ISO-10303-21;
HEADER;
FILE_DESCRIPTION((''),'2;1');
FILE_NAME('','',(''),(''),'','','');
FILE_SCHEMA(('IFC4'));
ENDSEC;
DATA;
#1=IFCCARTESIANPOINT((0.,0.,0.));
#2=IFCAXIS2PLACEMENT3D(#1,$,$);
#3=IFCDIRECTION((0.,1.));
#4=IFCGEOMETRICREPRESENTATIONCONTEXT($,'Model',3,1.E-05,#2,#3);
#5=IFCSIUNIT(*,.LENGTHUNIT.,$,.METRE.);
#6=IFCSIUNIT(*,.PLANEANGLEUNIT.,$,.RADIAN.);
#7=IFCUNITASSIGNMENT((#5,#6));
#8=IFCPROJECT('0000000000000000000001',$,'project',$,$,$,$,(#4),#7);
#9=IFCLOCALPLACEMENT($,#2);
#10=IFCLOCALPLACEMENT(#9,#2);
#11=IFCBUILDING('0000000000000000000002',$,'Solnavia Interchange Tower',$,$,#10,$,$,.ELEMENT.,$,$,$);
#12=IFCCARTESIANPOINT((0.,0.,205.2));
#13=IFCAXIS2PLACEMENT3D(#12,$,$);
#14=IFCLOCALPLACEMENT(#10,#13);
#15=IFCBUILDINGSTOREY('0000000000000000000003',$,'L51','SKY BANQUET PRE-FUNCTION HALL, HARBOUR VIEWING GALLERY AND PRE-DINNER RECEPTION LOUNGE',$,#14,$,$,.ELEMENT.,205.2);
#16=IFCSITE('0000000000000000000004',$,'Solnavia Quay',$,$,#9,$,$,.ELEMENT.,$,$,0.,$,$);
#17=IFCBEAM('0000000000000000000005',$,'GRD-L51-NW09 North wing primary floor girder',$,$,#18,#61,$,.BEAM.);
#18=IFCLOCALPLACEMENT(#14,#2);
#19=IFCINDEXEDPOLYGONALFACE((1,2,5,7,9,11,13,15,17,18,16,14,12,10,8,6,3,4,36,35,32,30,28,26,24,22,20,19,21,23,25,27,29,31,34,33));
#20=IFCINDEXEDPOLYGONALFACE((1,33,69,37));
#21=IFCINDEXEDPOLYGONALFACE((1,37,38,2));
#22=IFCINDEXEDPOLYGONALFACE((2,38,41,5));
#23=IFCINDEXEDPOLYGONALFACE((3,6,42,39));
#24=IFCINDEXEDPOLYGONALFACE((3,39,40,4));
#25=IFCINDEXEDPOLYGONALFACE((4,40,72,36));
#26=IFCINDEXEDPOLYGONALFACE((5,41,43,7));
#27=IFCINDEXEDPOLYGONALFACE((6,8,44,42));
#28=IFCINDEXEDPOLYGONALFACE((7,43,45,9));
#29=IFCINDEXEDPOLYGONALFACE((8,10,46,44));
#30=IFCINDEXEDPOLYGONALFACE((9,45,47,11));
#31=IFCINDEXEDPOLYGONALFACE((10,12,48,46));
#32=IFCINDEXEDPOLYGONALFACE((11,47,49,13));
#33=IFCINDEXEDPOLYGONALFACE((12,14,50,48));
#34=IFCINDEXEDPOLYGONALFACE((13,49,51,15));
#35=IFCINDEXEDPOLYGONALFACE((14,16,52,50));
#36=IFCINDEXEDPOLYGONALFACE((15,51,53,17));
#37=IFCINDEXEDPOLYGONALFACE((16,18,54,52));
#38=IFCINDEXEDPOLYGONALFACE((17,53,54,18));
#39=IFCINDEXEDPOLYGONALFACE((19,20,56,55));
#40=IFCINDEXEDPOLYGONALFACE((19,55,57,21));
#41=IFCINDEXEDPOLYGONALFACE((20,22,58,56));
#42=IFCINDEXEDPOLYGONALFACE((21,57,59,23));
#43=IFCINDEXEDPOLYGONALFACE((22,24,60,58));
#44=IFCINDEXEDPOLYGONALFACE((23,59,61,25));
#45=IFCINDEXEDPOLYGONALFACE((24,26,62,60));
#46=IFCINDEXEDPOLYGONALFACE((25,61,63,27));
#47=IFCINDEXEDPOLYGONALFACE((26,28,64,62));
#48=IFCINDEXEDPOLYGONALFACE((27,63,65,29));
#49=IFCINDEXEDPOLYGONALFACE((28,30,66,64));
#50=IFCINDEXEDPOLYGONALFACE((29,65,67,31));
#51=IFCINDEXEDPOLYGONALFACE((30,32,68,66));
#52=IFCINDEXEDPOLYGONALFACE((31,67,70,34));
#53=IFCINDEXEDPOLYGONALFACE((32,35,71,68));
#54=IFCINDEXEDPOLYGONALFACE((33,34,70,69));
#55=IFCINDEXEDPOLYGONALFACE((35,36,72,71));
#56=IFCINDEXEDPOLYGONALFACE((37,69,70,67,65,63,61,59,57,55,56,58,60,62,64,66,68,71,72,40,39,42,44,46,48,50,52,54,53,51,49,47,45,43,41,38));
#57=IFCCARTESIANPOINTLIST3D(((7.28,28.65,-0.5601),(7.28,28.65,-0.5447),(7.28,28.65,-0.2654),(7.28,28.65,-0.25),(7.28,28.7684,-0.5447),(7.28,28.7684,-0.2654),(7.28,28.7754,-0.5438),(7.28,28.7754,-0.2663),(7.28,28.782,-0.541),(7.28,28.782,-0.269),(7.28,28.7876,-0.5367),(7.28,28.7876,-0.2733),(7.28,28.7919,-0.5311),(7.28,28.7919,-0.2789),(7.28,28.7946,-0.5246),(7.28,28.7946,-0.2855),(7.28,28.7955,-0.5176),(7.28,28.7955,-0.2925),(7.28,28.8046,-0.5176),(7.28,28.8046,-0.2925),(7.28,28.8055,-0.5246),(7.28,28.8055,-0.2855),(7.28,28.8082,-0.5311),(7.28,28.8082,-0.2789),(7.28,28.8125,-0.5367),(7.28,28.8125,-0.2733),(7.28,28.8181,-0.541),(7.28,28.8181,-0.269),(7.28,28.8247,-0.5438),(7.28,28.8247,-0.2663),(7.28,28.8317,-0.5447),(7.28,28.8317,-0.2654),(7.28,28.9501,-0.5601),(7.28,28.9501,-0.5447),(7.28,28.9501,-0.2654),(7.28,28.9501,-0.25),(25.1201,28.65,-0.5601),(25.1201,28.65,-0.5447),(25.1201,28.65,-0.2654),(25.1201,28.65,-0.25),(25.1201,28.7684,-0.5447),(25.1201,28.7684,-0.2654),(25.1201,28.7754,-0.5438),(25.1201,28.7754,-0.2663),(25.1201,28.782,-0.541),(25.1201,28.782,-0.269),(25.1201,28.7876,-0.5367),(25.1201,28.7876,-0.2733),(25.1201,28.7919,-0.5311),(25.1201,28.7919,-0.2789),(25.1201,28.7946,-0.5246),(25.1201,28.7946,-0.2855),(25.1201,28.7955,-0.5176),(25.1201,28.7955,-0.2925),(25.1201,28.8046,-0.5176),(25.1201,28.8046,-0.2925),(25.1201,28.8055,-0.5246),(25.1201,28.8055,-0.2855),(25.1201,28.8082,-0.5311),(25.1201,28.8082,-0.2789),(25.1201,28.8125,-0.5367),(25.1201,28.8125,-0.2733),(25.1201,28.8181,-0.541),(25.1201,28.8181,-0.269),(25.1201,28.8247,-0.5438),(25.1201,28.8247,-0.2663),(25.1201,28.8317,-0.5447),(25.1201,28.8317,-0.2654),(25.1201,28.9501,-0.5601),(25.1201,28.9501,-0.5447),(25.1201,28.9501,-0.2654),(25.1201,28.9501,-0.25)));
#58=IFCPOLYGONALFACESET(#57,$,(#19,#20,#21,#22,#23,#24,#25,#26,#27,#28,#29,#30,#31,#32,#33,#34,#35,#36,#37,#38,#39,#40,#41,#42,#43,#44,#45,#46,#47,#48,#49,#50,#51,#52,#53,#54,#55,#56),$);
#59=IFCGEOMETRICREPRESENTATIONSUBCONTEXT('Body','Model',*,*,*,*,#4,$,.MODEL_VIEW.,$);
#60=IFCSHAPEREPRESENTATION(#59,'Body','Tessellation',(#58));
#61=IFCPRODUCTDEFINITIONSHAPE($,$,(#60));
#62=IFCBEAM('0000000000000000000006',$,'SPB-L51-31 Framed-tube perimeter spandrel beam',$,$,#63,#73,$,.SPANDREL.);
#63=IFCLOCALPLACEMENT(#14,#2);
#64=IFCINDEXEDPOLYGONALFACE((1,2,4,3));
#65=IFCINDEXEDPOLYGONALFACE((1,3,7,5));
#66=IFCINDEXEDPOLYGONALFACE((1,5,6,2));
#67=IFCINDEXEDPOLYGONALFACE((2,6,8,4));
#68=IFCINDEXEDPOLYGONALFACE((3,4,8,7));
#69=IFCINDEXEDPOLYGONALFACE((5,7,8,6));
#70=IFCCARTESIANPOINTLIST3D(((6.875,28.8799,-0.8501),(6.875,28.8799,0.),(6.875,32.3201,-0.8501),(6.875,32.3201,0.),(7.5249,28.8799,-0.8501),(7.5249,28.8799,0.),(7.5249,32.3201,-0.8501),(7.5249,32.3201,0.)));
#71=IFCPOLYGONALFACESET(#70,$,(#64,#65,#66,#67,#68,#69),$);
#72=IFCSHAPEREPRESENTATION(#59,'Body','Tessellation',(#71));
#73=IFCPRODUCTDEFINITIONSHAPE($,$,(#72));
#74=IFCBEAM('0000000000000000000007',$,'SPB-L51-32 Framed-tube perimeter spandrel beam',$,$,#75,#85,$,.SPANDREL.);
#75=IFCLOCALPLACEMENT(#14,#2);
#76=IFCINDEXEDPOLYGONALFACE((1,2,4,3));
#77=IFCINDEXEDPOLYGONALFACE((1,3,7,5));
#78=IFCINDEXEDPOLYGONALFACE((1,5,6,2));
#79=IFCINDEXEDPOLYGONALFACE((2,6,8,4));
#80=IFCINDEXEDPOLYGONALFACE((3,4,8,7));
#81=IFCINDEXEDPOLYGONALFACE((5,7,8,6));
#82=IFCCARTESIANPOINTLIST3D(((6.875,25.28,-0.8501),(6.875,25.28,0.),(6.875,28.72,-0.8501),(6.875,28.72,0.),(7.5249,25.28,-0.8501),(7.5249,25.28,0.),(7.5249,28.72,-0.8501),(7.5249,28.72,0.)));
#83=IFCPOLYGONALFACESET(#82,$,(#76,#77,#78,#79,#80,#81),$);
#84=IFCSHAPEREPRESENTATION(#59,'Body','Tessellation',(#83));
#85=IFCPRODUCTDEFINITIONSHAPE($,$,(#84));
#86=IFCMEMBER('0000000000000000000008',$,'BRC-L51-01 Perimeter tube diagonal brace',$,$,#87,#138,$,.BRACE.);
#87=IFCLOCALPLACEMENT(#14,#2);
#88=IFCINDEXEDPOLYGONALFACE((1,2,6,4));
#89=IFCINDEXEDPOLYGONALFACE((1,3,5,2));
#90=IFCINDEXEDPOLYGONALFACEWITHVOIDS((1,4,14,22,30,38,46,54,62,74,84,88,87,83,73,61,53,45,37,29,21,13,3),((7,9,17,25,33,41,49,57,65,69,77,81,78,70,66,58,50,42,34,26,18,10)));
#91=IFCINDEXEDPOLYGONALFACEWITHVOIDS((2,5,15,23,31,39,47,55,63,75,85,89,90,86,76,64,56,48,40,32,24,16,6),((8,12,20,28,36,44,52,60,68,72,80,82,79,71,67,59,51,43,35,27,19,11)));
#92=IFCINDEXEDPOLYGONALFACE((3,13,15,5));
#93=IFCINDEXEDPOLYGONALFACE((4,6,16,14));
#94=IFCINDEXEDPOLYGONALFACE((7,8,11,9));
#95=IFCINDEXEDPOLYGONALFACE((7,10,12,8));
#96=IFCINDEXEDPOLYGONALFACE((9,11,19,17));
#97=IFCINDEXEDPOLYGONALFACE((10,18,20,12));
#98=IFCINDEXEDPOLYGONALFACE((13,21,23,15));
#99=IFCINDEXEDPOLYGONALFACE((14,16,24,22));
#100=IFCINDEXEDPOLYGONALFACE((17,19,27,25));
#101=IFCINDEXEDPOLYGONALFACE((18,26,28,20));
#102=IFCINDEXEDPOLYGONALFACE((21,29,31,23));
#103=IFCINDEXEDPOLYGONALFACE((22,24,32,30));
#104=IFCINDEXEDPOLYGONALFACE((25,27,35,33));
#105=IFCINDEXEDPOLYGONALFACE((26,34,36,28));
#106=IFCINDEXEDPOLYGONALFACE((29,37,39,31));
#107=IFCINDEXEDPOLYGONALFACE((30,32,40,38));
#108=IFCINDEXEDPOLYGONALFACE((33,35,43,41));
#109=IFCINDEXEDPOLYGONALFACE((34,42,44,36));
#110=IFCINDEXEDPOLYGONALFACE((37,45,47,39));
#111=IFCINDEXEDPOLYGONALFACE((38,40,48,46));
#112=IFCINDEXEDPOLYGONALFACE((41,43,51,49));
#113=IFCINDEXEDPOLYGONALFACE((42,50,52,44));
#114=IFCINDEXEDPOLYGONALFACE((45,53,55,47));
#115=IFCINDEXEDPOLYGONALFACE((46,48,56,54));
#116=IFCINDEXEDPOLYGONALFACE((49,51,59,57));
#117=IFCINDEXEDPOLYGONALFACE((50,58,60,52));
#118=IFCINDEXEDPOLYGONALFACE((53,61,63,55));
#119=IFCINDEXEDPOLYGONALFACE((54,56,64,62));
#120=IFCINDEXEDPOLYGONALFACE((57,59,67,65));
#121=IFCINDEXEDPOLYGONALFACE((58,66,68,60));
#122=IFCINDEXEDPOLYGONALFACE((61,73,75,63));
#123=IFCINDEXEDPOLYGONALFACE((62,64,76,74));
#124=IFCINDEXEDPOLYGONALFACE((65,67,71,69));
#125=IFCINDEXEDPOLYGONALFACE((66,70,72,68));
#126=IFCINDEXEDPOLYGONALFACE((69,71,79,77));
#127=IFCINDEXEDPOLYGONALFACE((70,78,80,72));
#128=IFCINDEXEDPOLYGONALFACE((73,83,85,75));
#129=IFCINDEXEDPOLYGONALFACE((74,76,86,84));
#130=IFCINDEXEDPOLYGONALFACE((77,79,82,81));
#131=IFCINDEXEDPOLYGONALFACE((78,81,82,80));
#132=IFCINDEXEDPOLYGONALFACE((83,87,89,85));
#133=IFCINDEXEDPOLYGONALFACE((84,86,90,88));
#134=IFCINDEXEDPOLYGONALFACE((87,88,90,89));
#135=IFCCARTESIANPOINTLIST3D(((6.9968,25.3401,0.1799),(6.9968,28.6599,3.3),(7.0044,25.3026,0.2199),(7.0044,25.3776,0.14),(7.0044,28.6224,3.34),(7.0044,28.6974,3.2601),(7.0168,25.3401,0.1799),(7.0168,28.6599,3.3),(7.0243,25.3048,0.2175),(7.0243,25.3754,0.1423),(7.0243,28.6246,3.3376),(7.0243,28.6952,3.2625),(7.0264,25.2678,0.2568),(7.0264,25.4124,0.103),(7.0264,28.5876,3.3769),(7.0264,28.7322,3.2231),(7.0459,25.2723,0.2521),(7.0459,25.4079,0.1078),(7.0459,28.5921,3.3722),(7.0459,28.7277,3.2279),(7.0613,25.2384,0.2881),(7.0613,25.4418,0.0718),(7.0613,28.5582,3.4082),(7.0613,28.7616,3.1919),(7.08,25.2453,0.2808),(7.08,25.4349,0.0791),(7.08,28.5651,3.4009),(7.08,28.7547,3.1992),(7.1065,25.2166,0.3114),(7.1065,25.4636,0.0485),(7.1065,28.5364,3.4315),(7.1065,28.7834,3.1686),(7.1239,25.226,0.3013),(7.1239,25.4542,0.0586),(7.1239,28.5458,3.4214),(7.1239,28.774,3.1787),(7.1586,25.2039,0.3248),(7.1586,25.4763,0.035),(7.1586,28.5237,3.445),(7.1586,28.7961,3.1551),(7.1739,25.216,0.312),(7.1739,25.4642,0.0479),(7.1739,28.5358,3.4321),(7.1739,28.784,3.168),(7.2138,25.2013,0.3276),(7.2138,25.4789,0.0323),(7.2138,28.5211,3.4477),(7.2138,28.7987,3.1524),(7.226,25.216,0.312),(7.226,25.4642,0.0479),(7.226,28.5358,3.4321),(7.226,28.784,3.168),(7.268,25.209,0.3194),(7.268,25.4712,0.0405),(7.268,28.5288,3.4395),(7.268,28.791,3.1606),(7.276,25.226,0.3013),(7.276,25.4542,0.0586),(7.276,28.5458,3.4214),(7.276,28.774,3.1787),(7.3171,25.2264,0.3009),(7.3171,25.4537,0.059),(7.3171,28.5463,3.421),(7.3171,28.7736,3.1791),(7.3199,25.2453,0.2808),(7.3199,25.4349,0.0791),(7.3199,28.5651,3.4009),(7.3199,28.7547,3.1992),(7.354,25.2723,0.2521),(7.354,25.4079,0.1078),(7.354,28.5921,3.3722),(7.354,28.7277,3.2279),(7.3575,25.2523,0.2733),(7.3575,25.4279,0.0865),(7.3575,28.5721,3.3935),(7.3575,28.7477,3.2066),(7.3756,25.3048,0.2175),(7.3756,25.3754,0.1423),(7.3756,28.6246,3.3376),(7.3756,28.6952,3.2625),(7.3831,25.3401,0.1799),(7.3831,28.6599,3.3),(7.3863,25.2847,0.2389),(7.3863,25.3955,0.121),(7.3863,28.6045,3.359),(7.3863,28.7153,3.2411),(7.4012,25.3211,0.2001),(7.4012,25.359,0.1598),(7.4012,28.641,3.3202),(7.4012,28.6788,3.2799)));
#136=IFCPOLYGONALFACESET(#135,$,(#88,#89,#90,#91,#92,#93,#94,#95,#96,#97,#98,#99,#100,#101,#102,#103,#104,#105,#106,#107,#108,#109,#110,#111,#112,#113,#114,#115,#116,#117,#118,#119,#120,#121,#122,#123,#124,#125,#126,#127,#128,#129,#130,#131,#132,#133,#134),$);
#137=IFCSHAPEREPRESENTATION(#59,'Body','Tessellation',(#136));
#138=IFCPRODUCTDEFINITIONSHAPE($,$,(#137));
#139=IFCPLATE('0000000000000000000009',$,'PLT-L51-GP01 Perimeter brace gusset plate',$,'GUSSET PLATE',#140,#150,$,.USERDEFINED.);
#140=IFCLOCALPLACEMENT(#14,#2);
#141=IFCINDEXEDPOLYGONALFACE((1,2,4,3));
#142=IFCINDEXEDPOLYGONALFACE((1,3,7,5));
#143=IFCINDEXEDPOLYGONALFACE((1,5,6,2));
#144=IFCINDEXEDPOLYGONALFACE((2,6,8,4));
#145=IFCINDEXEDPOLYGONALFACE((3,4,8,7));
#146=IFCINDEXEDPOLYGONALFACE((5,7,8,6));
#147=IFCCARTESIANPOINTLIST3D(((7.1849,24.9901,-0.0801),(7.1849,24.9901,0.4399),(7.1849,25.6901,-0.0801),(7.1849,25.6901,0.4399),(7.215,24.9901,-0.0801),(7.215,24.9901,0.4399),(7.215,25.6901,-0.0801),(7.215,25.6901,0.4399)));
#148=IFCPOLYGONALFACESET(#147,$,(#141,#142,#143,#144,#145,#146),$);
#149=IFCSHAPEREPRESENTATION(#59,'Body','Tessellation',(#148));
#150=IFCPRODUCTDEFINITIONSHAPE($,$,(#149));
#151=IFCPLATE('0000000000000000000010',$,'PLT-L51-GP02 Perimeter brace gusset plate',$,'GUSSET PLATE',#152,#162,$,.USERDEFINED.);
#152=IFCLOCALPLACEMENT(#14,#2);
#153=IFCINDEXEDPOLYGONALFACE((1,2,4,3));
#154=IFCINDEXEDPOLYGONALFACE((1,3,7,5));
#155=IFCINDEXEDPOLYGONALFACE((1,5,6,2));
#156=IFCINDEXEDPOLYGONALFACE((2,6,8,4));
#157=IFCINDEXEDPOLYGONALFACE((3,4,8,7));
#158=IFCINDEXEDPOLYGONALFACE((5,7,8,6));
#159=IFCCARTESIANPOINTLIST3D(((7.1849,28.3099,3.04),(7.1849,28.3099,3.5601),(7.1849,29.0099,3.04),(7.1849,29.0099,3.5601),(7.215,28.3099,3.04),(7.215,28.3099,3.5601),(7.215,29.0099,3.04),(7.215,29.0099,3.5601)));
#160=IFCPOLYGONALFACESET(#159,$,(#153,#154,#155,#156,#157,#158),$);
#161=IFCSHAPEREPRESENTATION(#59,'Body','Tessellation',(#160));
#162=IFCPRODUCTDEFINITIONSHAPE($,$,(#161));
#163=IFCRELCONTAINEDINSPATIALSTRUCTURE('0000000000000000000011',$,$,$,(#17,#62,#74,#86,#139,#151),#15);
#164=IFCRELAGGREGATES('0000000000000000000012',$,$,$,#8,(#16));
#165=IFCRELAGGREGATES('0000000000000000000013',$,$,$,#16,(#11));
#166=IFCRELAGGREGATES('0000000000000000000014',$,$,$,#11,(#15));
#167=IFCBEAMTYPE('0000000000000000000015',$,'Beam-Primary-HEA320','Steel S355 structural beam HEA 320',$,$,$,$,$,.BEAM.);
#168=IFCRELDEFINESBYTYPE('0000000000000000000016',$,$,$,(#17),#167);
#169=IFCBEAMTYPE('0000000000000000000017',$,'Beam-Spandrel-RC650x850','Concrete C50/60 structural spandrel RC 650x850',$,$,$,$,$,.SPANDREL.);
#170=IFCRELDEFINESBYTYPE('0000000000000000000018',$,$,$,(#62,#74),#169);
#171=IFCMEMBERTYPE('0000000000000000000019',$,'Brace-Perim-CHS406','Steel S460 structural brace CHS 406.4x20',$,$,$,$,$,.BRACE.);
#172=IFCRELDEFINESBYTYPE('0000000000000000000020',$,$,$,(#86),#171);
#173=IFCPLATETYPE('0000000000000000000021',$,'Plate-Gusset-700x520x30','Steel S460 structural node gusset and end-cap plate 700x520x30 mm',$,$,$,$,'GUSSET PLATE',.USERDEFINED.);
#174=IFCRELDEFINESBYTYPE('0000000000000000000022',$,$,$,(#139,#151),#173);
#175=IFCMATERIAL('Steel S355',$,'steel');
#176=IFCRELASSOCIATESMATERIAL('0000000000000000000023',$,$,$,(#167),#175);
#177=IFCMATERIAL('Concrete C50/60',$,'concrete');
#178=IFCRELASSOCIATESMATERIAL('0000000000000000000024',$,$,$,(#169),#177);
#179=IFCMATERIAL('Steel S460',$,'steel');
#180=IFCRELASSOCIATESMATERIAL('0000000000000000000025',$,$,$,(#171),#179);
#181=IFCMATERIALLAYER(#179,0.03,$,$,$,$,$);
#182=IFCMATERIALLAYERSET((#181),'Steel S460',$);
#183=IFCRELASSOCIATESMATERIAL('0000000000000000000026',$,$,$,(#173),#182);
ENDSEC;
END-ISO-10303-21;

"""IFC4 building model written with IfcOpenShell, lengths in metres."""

from ifc_helpers import new_model, si_unit, direction, frame, origin, origin_2d, place, context, subcontext, project, spatial, rectangle, hollow_circle, i_section, extrude, material, layer, layer_set, material_profile, profile_set, type_object, element, save


model = new_model("IFC4")

# Units and contexts
model_context = context("Model", 3, precision=1e-05, world=origin(), true_north=direction((0.0, 1.0)))
body_context = subcontext(model_context, "Body", "Model", "MODEL_VIEW")
ifc_project = project(units=[si_unit("LENGTHUNIT", "METRE"), si_unit("PLANEANGLEUNIT", "RADIAN")], contexts=[model_context])

# Site, building, storey
site_placement = place(None, origin())
site = spatial("IfcSite", under=ifc_project, at=site_placement, Name="Solnavia Quay", CompositionType="ELEMENT", RefElevation=0.0)
building_placement = place(site_placement, origin())
building = spatial("IfcBuilding", under=site, at=building_placement, Name="Solnavia Interchange Tower", CompositionType="ELEMENT")
storey_placement = place(building_placement, frame((0.0, 0.0, 205.2)))
storey = spatial("IfcBuildingStorey", under=building, at=storey_placement, Name="L51", Description="SKY BANQUET PRE-FUNCTION HALL, HARBOUR VIEWING GALLERY AND PRE-DINNER RECEPTION LOUNGE", CompositionType="ELEMENT", Elevation=205.2)

# Shared definitions
ifc_material_1 = material(Name="Concrete C50/60", Category="concrete")
ifc_material_2 = material(Name="Steel S355", Category="steel")

# Beams
ifc_material_3 = material(Name="Steel S460", Category="steel")
ifc_material_profile_1 = material_profile(ifc_material_2, i_section(OverallWidth=0.3, OverallDepth=0.3101, WebThickness=0.009, FlangeThickness=0.0154, FilletRadius=0.0271, at=origin_2d()), Name="HEA 320")
ifc_profile_set_1 = profile_set([ifc_material_profile_1], Name="Steel S355")
beam_type_1 = type_object("IfcBeamType", Name="Beam-Primary-HEA320", Description="Steel S355 structural beam HEA 320", PredefinedType="BEAM", material=ifc_profile_set_1)
beam_1_placement = place(storey_placement, frame((7.28, 28.8, -0.405), z_axis=(1.0, 0.0, 0.0), x_axis=(0.0, 1.0, 0.0)))
element("IfcBeam", 1, at=beam_1_placement, inside=storey, type_object=beam_type_1, Name="GRD-L51-NW09 North wing primary floor girder", PredefinedType="BEAM", context=body_context, shape_type="SweptSolid", body=[
    extrude(i_section(OverallWidth=0.3, OverallDepth=0.3101, WebThickness=0.009, FlangeThickness=0.0154, FilletRadius=0.0271, at=origin_2d()), origin(), (0.0, 0.0, 1.0), 17.8401),
])
ifc_material_profile_2 = material_profile(ifc_material_1, rectangle(XDim=0.6499, YDim=0.8501, at=origin_2d()), Name="RC 650x850")
ifc_profile_set_2 = profile_set([ifc_material_profile_2], Name="Concrete C50/60")
beam_type_2 = type_object("IfcBeamType", Name="Beam-Spandrel-RC650x850", Description="Concrete C50/60 structural spandrel RC 650x850", PredefinedType="SPANDREL", material=ifc_profile_set_2)
beam_2_placement = place(storey_placement, frame((7.2, 32.3201, -0.425), z_axis=(0.0, -1.0, 0.0), x_axis=(1.0, 0.0, 0.0)))
element("IfcBeam", 2, at=beam_2_placement, inside=storey, type_object=beam_type_2, Name="SPB-L51-31 Framed-tube perimeter spandrel beam", PredefinedType="SPANDREL", context=body_context, shape_type="SweptSolid", body=[
    extrude(rectangle(XDim=0.6499, YDim=0.8501, at=origin_2d()), origin(), (0.0, 0.0, 1.0), 3.4402),
])
beam_3_placement = place(storey_placement, frame((7.2, 28.72, -0.425), z_axis=(0.0, -1.0, 0.0), x_axis=(1.0, 0.0, 0.0)))
element("IfcBeam", 3, at=beam_3_placement, inside=storey, type_object=beam_type_2, Name="SPB-L51-32 Framed-tube perimeter spandrel beam", PredefinedType="SPANDREL", context=body_context, shape_type="SweptSolid", body=[
    extrude(rectangle(XDim=0.6499, YDim=0.8501, at=origin_2d()), origin(), (0.0, 0.0, 1.0), 3.4399),
])

# Member
ifc_material_profile_3 = material_profile(ifc_material_3, hollow_circle(Radius=0.2031, WallThickness=0.02, at=origin_2d()), Name="CHS 406.4x20")
ifc_profile_set_3 = profile_set([ifc_material_profile_3], Name="Steel S460")
member_type = type_object("IfcMemberType", Name="Brace-Perim-CHS406", Description="Steel S460 structural brace CHS 406.4x20", PredefinedType="BRACE", material=ifc_profile_set_3)
member_placement = place(storey_placement, frame((7.2, 25.3401, 0.1799), z_axis=(0.0, 0.728684, 0.68485), x_axis=(-1.0, 0.0, 0.0)))
element("IfcMember", 4, at=member_placement, inside=storey, type_object=member_type, Name="BRC-L51-01 Perimeter tube diagonal brace", PredefinedType="BRACE", context=body_context, shape_type="SweptSolid", body=[
    extrude(hollow_circle(Radius=0.2031, WallThickness=0.02, at=origin_2d()), origin(), (0.0, 0.0, 1.0), 4.5559),
])

# Plates
ifc_layer_1 = layer(ifc_material_3, 0.03)
ifc_layer_set_1 = layer_set([ifc_layer_1], Name="Steel S460")
plate_type = type_object("IfcPlateType", Name="Plate-Gusset-700x520x30", Description="Steel S460 structural node gusset and end-cap plate 700x520x30 mm", ElementType="GUSSET PLATE", PredefinedType="USERDEFINED", material=ifc_layer_set_1)
for number, where, z_axis, x_axis, name in (
    (5, (7.2, 25.3401, -0.0801), (0.0, 0.0, 1.0), (0.0, 1.0, 0.0), "PLT-L51-GP01 Perimeter brace gusset plate"),
    (6, (7.2, 28.6599, 3.04), (0.0, 0.0, 1.0), (0.0, 1.0, 0.0), "PLT-L51-GP02 Perimeter brace gusset plate"),
):
    element("IfcPlate", number, at=place(storey_placement, frame(where, z_axis=z_axis, x_axis=x_axis)), inside=storey, type_object=plate_type, Name=name, ObjectType="GUSSET PLATE", PredefinedType="USERDEFINED", context=body_context, shape_type="SweptSolid", body=[
        extrude(rectangle(XDim=0.7, YDim=0.03, at=origin_2d()), origin(), (0.0, 0.0, 1.0), 0.52),
    ])

save(model, "model.ifc")
